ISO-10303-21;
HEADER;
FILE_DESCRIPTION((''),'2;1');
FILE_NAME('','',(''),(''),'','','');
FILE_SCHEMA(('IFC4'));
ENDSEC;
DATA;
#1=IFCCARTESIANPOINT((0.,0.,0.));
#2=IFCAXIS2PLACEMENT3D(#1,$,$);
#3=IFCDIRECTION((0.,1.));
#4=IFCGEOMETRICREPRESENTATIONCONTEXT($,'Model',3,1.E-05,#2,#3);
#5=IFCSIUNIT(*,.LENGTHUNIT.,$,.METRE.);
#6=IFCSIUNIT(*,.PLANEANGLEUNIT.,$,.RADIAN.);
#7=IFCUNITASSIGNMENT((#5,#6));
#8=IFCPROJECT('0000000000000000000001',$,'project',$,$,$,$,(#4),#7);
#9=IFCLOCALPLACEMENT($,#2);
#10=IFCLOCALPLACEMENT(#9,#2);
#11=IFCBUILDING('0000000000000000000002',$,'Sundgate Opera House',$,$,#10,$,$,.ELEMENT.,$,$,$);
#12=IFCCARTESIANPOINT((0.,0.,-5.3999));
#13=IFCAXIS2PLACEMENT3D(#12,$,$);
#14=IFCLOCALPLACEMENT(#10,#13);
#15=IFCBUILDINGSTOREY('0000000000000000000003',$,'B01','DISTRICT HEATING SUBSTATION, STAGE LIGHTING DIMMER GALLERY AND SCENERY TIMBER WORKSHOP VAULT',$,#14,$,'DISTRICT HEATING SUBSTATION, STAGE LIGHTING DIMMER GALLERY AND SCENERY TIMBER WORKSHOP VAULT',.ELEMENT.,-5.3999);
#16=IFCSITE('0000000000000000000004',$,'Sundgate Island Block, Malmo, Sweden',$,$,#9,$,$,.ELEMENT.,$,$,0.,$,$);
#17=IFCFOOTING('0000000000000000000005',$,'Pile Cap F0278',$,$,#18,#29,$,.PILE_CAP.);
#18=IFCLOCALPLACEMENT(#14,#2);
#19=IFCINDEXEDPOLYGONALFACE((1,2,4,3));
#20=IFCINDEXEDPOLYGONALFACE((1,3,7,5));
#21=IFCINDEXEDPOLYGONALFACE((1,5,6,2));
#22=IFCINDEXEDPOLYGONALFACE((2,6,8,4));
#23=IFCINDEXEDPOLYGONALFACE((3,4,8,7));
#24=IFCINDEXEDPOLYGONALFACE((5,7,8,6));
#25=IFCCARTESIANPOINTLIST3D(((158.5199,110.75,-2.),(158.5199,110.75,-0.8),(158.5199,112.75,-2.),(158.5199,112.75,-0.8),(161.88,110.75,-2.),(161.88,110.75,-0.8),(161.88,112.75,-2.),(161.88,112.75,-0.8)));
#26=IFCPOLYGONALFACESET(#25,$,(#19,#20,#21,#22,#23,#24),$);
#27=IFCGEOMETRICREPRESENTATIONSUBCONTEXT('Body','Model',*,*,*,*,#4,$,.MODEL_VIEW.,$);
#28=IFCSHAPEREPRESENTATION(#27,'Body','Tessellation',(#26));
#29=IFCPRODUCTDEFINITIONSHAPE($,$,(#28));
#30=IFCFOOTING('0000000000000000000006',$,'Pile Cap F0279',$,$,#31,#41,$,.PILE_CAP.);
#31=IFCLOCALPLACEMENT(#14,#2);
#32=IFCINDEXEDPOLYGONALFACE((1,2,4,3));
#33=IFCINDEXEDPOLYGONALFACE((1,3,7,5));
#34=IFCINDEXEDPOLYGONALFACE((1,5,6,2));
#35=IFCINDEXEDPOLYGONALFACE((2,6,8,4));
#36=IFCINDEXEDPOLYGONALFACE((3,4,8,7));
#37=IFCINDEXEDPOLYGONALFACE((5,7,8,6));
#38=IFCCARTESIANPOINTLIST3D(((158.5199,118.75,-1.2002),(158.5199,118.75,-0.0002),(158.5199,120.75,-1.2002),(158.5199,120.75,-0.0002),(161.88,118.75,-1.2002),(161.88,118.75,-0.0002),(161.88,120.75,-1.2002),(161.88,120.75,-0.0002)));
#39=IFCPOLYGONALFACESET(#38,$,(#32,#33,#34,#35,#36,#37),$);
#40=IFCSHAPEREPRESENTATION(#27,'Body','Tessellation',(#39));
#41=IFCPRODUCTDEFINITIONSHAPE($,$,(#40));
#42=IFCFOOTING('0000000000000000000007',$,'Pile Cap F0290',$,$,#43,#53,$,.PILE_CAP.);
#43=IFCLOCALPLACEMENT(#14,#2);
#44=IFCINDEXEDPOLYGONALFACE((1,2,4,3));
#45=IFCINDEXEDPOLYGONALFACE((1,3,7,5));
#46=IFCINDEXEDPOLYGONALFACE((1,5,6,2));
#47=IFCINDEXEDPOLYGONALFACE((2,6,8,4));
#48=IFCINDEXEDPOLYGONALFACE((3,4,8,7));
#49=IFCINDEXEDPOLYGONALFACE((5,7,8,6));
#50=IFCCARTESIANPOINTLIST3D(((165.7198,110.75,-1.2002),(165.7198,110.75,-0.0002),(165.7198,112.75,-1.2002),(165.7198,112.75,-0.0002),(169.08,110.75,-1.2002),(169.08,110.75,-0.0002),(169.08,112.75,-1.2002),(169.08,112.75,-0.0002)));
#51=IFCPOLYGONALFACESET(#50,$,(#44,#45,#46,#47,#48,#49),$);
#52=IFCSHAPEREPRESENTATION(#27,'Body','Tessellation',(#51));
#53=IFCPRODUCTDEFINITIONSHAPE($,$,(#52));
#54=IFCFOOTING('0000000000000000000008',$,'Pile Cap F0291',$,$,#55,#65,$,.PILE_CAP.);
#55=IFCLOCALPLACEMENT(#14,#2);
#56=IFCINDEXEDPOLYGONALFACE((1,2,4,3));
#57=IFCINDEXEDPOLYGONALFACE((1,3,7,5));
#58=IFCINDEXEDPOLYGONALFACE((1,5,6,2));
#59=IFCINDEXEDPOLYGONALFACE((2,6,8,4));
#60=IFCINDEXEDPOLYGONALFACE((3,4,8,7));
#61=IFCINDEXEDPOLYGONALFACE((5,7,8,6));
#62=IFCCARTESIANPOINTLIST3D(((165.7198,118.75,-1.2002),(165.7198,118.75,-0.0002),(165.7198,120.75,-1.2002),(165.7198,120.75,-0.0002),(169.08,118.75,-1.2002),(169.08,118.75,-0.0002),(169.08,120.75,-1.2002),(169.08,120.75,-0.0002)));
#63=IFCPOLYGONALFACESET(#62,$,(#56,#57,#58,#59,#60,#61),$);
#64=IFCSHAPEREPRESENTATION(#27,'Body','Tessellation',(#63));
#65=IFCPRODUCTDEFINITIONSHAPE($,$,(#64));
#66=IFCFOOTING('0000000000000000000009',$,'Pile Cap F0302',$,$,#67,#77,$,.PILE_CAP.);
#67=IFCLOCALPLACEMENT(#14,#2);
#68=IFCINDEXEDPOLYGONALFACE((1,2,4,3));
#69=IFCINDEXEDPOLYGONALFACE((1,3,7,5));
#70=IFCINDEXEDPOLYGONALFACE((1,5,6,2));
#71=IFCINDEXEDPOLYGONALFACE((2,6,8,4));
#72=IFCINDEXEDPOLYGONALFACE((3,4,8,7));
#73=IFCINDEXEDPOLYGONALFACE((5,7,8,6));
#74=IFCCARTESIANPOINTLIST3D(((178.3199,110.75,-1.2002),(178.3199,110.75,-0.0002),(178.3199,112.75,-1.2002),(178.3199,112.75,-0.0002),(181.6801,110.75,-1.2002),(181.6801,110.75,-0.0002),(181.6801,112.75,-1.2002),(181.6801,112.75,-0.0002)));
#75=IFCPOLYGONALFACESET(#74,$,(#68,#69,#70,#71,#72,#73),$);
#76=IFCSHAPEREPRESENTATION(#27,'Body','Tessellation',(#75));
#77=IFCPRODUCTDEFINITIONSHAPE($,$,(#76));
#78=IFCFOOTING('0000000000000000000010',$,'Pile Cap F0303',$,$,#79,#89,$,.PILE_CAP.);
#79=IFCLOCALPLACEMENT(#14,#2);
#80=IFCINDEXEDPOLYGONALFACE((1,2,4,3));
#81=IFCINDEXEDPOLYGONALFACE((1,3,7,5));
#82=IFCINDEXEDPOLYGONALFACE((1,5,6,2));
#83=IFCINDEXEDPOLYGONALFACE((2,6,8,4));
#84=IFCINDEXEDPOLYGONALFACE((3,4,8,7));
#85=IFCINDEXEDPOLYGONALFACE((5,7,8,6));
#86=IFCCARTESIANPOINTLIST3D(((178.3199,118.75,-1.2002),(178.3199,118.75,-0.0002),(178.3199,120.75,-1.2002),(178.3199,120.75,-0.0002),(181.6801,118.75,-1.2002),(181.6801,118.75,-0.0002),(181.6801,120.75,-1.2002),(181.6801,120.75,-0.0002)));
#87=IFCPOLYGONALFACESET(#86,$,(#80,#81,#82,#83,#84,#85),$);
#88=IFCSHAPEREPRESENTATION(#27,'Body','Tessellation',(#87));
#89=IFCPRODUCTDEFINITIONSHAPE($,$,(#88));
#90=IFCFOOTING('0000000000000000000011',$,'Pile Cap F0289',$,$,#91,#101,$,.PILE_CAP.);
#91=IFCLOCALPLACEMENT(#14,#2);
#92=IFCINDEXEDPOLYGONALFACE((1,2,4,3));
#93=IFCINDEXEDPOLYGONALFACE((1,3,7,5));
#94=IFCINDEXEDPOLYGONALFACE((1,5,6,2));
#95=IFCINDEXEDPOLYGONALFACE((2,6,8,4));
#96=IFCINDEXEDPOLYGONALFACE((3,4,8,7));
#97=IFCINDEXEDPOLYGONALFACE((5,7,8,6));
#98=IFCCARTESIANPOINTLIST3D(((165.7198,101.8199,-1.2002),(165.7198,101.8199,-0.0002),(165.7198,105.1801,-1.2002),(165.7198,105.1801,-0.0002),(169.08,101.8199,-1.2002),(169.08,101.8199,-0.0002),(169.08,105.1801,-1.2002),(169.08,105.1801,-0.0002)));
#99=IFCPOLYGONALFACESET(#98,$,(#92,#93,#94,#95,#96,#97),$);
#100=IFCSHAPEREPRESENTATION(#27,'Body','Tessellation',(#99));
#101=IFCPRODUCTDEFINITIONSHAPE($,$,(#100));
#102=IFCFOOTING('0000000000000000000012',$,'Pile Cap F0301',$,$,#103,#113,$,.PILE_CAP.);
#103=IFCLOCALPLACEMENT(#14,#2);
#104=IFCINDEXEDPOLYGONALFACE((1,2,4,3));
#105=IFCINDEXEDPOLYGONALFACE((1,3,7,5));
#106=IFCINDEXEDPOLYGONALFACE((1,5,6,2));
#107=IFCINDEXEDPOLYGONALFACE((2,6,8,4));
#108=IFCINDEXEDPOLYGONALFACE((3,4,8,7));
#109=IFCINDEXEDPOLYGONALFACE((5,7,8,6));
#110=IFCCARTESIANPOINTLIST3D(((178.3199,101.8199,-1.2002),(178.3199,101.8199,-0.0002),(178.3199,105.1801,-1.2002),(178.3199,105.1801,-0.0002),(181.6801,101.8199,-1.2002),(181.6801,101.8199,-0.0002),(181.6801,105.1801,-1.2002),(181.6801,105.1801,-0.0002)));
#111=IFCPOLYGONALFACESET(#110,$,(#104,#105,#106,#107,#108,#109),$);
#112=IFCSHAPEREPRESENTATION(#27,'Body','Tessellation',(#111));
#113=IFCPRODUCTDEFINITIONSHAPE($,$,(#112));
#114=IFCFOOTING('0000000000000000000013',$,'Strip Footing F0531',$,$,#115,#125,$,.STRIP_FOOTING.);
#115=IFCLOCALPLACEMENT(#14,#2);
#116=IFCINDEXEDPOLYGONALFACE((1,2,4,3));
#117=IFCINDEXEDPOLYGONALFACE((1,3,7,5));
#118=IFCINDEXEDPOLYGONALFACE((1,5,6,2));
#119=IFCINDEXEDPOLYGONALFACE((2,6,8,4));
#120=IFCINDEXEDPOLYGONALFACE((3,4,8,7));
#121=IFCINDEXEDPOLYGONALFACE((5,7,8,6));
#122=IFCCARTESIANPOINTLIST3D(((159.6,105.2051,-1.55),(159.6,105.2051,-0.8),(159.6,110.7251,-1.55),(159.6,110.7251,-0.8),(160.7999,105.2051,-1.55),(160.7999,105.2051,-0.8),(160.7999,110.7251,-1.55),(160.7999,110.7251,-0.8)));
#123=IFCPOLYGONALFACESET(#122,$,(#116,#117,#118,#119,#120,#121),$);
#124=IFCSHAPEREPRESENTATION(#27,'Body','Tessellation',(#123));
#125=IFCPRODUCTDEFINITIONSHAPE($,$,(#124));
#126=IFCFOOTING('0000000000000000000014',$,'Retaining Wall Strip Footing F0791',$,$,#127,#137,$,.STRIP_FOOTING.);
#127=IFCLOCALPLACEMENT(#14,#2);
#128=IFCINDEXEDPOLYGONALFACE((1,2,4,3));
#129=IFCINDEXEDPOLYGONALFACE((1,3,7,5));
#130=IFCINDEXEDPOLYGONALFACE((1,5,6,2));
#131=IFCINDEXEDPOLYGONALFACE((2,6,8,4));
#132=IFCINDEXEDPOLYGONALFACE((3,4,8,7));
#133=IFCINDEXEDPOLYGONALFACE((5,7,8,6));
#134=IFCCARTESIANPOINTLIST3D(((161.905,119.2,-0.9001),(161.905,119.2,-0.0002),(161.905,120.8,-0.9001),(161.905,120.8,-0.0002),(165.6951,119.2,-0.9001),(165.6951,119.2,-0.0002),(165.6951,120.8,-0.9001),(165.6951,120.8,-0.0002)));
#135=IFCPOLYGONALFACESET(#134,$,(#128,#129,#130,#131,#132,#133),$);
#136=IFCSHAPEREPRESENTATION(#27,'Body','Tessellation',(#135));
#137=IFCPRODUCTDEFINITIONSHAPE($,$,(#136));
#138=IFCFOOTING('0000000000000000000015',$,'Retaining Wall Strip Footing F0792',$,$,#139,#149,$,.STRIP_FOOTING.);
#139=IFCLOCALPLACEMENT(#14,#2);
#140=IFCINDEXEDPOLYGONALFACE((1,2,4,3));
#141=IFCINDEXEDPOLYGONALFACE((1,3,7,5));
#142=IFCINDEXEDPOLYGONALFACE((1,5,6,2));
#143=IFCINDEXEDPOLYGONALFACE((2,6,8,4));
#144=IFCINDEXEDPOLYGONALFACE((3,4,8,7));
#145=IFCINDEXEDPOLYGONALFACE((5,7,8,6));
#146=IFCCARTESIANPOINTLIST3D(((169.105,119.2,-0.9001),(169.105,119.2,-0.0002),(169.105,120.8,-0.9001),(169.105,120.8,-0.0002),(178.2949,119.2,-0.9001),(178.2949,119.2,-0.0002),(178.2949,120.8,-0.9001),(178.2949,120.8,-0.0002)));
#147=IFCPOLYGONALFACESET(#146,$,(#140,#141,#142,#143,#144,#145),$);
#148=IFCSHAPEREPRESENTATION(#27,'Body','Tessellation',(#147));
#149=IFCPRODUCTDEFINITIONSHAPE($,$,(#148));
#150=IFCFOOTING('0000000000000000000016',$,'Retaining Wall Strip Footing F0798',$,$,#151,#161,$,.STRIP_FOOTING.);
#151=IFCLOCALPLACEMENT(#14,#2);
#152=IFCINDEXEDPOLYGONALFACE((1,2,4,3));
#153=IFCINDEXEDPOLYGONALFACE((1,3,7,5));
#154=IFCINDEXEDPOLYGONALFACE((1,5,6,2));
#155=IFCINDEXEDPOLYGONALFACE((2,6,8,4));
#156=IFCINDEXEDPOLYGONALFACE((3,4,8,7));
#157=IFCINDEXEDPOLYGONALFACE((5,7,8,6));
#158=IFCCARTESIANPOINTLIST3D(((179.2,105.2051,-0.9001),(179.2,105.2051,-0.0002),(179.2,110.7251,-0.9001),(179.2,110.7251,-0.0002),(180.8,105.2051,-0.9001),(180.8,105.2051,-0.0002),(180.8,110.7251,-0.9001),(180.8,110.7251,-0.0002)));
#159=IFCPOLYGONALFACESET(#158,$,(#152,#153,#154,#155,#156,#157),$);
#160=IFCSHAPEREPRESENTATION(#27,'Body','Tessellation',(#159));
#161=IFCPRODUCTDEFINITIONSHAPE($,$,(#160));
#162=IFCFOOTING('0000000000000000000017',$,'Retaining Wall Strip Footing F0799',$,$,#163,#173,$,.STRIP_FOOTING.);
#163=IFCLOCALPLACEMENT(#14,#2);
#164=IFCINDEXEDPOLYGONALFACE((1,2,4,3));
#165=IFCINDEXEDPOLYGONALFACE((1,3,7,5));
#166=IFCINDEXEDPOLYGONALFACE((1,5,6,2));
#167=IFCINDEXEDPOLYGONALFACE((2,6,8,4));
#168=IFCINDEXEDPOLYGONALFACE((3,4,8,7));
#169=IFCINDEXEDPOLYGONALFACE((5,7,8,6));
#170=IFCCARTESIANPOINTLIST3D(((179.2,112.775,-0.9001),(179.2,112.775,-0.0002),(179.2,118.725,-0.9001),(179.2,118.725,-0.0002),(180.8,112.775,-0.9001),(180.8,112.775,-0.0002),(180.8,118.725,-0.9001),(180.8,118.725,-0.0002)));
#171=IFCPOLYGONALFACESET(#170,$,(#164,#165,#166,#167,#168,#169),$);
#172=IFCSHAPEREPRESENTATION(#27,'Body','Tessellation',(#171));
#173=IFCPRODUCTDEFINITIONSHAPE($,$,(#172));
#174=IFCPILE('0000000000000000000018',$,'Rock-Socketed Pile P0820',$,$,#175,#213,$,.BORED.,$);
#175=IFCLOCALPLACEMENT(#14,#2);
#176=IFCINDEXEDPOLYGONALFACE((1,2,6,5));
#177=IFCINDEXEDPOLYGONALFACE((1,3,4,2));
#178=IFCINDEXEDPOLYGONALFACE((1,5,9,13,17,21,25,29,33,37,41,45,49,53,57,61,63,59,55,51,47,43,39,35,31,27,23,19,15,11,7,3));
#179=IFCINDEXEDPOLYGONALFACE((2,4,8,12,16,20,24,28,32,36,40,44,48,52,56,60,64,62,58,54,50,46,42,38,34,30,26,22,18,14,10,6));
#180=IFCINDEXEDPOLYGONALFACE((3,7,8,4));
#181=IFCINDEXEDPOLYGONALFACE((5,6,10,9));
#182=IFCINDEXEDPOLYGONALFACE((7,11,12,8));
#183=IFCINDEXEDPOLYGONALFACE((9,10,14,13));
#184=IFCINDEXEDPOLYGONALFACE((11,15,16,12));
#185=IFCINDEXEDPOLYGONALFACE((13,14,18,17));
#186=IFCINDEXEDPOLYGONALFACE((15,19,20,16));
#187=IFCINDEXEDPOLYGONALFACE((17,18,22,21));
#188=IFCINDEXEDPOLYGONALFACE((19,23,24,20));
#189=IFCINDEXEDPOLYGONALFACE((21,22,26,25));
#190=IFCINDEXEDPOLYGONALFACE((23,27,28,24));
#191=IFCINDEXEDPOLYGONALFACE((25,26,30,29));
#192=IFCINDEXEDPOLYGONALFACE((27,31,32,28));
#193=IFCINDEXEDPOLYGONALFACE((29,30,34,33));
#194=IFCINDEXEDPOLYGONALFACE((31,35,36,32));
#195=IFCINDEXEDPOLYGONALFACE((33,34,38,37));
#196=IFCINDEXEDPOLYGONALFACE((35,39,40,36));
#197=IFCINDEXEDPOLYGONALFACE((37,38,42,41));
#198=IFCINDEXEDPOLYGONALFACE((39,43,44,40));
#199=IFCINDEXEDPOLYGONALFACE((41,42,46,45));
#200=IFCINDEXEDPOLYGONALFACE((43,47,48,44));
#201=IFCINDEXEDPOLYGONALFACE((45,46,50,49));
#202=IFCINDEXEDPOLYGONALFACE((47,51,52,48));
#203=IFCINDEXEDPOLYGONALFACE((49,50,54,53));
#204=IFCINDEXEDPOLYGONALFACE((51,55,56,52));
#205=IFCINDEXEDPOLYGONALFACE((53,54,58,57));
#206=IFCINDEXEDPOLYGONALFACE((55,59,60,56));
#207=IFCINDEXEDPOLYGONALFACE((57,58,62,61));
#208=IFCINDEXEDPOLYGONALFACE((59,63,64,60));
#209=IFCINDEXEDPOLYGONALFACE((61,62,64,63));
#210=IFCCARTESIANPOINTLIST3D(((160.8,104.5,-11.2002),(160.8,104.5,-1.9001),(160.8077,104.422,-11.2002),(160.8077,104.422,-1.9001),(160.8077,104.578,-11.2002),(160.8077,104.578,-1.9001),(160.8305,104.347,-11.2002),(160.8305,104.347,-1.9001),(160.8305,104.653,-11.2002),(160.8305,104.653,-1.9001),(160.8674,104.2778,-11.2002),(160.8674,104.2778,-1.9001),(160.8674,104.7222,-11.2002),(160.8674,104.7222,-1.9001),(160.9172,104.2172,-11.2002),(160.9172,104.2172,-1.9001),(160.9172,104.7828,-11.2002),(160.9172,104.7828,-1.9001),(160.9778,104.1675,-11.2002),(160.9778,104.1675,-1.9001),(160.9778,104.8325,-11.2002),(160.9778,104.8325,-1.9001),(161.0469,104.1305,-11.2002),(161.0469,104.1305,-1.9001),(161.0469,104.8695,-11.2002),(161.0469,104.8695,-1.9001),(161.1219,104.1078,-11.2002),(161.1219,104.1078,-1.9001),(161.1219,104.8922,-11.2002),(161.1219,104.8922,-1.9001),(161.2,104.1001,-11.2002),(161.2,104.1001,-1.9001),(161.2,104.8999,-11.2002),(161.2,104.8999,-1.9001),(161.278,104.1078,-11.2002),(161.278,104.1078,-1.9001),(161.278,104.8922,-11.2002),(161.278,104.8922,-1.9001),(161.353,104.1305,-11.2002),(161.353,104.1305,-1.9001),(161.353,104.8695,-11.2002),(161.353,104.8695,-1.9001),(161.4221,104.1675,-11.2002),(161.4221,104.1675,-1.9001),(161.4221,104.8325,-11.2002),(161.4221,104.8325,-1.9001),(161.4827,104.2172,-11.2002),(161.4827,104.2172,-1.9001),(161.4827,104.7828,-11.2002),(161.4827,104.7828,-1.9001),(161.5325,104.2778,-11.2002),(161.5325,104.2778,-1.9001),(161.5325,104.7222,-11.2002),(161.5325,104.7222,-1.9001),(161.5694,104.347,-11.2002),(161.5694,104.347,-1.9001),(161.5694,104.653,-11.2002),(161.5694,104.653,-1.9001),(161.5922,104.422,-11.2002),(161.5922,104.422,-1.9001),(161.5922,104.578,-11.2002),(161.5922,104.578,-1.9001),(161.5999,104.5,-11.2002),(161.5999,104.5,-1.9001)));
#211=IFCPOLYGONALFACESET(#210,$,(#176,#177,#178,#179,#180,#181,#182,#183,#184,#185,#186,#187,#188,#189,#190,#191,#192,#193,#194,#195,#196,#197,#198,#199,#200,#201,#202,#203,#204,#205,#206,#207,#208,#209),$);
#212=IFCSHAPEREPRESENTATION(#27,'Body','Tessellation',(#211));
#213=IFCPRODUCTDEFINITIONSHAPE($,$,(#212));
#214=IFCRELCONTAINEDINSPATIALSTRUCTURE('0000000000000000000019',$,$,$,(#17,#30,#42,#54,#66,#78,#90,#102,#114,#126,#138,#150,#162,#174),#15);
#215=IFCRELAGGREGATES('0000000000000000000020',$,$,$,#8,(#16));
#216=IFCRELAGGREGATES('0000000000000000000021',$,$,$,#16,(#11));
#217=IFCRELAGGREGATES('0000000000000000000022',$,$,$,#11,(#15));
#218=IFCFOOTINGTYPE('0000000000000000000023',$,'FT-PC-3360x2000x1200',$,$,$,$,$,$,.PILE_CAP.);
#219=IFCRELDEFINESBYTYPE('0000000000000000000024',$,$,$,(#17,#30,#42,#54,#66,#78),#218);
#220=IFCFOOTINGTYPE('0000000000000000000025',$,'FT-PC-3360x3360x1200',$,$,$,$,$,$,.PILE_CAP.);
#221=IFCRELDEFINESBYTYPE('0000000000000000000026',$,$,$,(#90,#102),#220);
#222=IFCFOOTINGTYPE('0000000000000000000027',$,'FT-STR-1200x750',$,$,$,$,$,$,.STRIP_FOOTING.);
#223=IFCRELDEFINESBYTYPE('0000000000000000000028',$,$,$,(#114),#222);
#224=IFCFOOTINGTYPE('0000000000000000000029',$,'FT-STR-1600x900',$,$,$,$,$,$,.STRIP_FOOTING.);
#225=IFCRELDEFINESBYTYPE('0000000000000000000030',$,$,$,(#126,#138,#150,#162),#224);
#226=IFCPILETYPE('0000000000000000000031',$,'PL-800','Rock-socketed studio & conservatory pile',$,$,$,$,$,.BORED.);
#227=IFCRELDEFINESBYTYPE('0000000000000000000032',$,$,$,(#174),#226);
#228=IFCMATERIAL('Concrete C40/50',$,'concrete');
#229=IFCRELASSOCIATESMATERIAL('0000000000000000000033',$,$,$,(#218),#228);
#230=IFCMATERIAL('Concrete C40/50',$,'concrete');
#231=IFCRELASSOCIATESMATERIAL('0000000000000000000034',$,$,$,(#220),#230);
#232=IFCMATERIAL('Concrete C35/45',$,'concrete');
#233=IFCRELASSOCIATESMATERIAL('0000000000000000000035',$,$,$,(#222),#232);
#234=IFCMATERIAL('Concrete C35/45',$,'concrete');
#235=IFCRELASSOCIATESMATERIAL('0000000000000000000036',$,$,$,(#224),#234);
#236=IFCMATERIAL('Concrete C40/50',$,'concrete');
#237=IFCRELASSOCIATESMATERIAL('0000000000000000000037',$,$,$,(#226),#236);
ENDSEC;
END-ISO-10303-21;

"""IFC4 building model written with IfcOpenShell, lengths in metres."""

from ifc_helpers import new_model, si_unit, direction, frame, origin, origin_2d, place, context, subcontext, project, spatial, rectangle, circle, extrude, material, material_profile, profile_set, type_object, element, save


model = new_model("IFC4")

# Units and contexts
model_context = context("Model", 3, precision=1e-05, world=origin(), true_north=direction((0.0, 1.0)))
body_context = subcontext(model_context, "Body", "Model", "MODEL_VIEW")
ifc_project = project(units=[si_unit("LENGTHUNIT", "METRE"), si_unit("PLANEANGLEUNIT", "RADIAN")], contexts=[model_context])

# Site, building, storey
site_placement = place(None, origin())
site = spatial("IfcSite", under=ifc_project, at=site_placement, Name="Sundgate Island Block, Malmo, Sweden", CompositionType="ELEMENT", RefElevation=0.0)
building_placement = place(site_placement, origin())
building = spatial("IfcBuilding", under=site, at=building_placement, Name="Sundgate Opera House", CompositionType="ELEMENT")
storey_placement = place(building_placement, frame((0.0, 0.0, -5.3999)))
storey = spatial("IfcBuildingStorey", under=building, at=storey_placement, Name="B01", Description="DISTRICT HEATING SUBSTATION, STAGE LIGHTING DIMMER GALLERY AND SCENERY TIMBER WORKSHOP VAULT", LongName="DISTRICT HEATING SUBSTATION, STAGE LIGHTING DIMMER GALLERY AND SCENERY TIMBER WORKSHOP VAULT", CompositionType="ELEMENT", Elevation=-5.3999)

# Footings
ifc_material_1 = material(Name="Concrete C40/50", Category="concrete")
footing_type_1 = type_object("IfcFootingType", Name="FT-PC-3360x2000x1200", PredefinedType="PILE_CAP", material=ifc_material_1)
for number, where, z_axis, x_axis, name in (
    (1, (160.2, 111.75, -2.0), (0.0, 0.0, 1.0), (1.0, 0.0, 0.0), "Pile Cap F0278"),
    (2, (160.2, 119.75, -1.2002), (0.0, 0.0, 1.0), (1.0, 0.0, 0.0), "Pile Cap F0279"),
    (3, (167.3999, 111.75, -1.2002), (0.0, 0.0, 1.0), (1.0, 0.0, 0.0), "Pile Cap F0290"),
    (4, (167.3999, 119.75, -1.2002), (0.0, 0.0, 1.0), (1.0, 0.0, 0.0), "Pile Cap F0291"),
    (5, (180.0, 111.75, -1.2002), (0.0, 0.0, 1.0), (1.0, 0.0, 0.0), "Pile Cap F0302"),
    (6, (180.0, 119.75, -1.2002), (0.0, 0.0, 1.0), (1.0, 0.0, 0.0), "Pile Cap F0303"),
):
    element("IfcFooting", number, at=place(storey_placement, frame(where, z_axis=z_axis, x_axis=x_axis)), inside=storey, type_object=footing_type_1, Name=name, PredefinedType="PILE_CAP", context=body_context, shape_type="SweptSolid", body=[
        extrude(rectangle(XDim=3.3601, YDim=2.0, at=origin_2d()), origin(), (0.0, 0.0, 1.0), 1.2),
    ])
ifc_material_2 = material(Name="Concrete C40/50", Category="concrete")
footing_type_2 = type_object("IfcFootingType", Name="FT-PC-3360x3360x1200", PredefinedType="PILE_CAP", material=ifc_material_2)
for number, where, z_axis, x_axis, name in (
    (7, (167.3999, 103.5, -1.2002), (0.0, 0.0, 1.0), (1.0, 0.0, 0.0), "Pile Cap F0289"),
    (8, (180.0, 103.5, -1.2002), (0.0, 0.0, 1.0), (1.0, 0.0, 0.0), "Pile Cap F0301"),
):
    element("IfcFooting", number, at=place(storey_placement, frame(where, z_axis=z_axis, x_axis=x_axis)), inside=storey, type_object=footing_type_2, Name=name, PredefinedType="PILE_CAP", context=body_context, shape_type="SweptSolid", body=[
        extrude(rectangle(XDim=3.3601, YDim=3.3601, at=origin_2d()), origin(), (0.0, 0.0, 1.0), 1.2),
    ])
ifc_material_3 = material(Name="Concrete C35/45", Category="concrete")
footing_type_3 = type_object("IfcFootingType", Name="FT-STR-1200x750", PredefinedType="STRIP_FOOTING", material=ifc_material_3)
footing_1_placement = place(storey_placement, frame((160.2, 107.9651, -1.55), z_axis=(0.0, 0.0, 1.0), x_axis=(1.0, 0.0, 0.0)))
element("IfcFooting", 9, at=footing_1_placement, inside=storey, type_object=footing_type_3, Name="Strip Footing F0531", PredefinedType="STRIP_FOOTING", context=body_context, shape_type="SweptSolid", body=[
    extrude(rectangle(XDim=1.2, YDim=5.52, at=origin_2d()), origin(), (0.0, 0.0, 1.0), 0.75),
])
ifc_material_4 = material(Name="Concrete C35/45", Category="concrete")
footing_type_4 = type_object("IfcFootingType", Name="FT-STR-1600x900", PredefinedType="STRIP_FOOTING", material=ifc_material_4)
footing_2_placement = place(storey_placement, frame((163.8, 120.0, -0.9001), z_axis=(0.0, 0.0, 1.0), x_axis=(1.0, 0.0, 0.0)))
element("IfcFooting", 10, at=footing_2_placement, inside=storey, type_object=footing_type_4, Name="Retaining Wall Strip Footing F0791", PredefinedType="STRIP_FOOTING", context=body_context, shape_type="SweptSolid", body=[
    extrude(rectangle(XDim=3.79, YDim=1.6001, at=origin_2d()), origin(), (0.0, 0.0, 1.0), 0.8999),
])
footing_3_placement = place(storey_placement, frame((173.7, 120.0, -0.9001), z_axis=(0.0, 0.0, 1.0), x_axis=(1.0, 0.0, 0.0)))
element("IfcFooting", 11, at=footing_3_placement, inside=storey, type_object=footing_type_4, Name="Retaining Wall Strip Footing F0792", PredefinedType="STRIP_FOOTING", context=body_context, shape_type="SweptSolid", body=[
    extrude(rectangle(XDim=9.1899, YDim=1.6001, at=origin_2d()), origin(), (0.0, 0.0, 1.0), 0.8999),
])
footing_4_placement = place(storey_placement, frame((180.0, 107.9651, -0.9001), z_axis=(0.0, 0.0, 1.0), x_axis=(1.0, 0.0, 0.0)))
element("IfcFooting", 12, at=footing_4_placement, inside=storey, type_object=footing_type_4, Name="Retaining Wall Strip Footing F0798", PredefinedType="STRIP_FOOTING", context=body_context, shape_type="SweptSolid", body=[
    extrude(rectangle(XDim=1.6001, YDim=5.52, at=origin_2d()), origin(), (0.0, 0.0, 1.0), 0.8999),
])
footing_5_placement = place(storey_placement, frame((180.0, 115.75, -0.9001), z_axis=(0.0, 0.0, 1.0), x_axis=(1.0, 0.0, 0.0)))
element("IfcFooting", 13, at=footing_5_placement, inside=storey, type_object=footing_type_4, Name="Retaining Wall Strip Footing F0799", PredefinedType="STRIP_FOOTING", context=body_context, shape_type="SweptSolid", body=[
    extrude(rectangle(XDim=1.6001, YDim=5.95, at=origin_2d()), origin(), (0.0, 0.0, 1.0), 0.8999),
])

# Pile
ifc_material_5 = material(Name="Concrete C40/50", Category="concrete")
ifc_material_profile_1 = material_profile(ifc_material_5, circle(Radius=0.3999, at=origin_2d()), Name="PILE D800")
ifc_profile_set_1 = profile_set([ifc_material_profile_1], Name="Concrete C40/50")
pile_type = type_object("IfcPileType", Name="PL-800", Description="Rock-socketed studio & conservatory pile", PredefinedType="BORED", material=ifc_profile_set_1)
pile_placement = place(storey_placement, frame((161.2, 104.5, -1.9001), z_axis=(0.0, 0.0, -1.0), x_axis=(1.0, 0.0, 0.0)))
element("IfcPile", 14, at=pile_placement, inside=storey, type_object=pile_type, Name="Rock-Socketed Pile P0820", PredefinedType="BORED", context=body_context, shape_type="SweptSolid", body=[
    extrude(circle(Radius=0.3999, at=origin_2d()), origin(), (0.0, 0.0, 1.0), 9.3),
])

save(model, "model.ifc")
